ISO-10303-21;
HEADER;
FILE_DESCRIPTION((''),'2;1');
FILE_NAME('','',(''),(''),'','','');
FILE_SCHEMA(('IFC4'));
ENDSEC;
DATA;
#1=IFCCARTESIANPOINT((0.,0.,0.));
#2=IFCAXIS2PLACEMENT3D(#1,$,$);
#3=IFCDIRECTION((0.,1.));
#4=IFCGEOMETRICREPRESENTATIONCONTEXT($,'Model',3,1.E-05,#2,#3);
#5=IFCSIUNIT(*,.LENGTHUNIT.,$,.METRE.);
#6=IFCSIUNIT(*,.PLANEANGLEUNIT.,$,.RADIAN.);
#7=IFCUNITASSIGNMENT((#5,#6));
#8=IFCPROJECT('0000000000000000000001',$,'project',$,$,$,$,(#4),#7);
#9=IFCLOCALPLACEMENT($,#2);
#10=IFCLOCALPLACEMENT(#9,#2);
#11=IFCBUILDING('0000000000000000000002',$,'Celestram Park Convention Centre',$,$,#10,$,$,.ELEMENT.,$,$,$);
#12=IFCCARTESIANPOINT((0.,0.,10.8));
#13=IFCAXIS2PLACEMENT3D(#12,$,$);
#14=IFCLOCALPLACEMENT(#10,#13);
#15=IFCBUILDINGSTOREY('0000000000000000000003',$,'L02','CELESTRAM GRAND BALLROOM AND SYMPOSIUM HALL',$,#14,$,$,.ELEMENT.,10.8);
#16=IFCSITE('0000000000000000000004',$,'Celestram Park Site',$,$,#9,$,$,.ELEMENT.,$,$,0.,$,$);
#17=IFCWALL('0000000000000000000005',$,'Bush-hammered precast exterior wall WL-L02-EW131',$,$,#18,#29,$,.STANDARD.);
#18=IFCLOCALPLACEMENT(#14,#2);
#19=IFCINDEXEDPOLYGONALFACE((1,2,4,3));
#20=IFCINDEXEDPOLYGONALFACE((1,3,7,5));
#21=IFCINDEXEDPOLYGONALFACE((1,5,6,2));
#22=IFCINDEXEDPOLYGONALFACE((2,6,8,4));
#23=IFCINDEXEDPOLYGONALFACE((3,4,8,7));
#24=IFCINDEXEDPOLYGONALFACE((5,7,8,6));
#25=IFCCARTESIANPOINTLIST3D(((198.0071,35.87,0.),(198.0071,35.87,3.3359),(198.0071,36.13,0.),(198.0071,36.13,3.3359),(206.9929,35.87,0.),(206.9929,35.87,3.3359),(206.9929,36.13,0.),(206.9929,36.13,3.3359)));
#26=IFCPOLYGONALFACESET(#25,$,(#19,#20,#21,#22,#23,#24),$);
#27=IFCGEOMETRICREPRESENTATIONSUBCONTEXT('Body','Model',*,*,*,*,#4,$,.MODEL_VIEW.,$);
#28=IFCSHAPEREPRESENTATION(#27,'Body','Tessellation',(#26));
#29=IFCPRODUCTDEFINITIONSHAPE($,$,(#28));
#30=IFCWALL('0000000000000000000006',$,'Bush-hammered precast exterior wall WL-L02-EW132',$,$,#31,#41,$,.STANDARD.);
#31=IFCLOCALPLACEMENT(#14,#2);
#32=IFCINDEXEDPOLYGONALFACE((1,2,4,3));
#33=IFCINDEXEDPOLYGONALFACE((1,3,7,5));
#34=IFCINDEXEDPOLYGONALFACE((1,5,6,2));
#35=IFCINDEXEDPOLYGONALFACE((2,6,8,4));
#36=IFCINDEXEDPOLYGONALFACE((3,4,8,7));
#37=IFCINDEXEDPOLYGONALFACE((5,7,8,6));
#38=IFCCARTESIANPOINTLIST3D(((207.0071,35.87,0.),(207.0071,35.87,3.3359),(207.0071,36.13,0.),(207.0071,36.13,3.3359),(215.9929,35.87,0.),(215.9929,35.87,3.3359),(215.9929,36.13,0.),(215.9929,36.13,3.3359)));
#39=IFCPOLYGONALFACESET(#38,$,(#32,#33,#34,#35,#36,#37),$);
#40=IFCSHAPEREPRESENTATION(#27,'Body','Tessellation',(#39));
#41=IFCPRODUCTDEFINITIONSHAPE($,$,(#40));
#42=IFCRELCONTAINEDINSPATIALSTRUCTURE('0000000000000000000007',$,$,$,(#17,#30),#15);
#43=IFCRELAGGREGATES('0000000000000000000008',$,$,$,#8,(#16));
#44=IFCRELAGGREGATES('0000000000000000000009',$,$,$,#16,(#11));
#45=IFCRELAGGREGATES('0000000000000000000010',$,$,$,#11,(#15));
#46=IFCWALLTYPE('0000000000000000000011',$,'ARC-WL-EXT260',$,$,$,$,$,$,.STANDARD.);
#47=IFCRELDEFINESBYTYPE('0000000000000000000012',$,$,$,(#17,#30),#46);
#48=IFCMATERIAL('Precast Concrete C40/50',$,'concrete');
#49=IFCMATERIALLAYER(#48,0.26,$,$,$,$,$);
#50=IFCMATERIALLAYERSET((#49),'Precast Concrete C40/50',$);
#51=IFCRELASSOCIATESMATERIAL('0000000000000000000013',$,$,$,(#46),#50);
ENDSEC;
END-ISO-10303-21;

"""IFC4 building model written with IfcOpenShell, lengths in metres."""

from ifc_helpers import new_model, si_unit, direction, frame, frame_2d, origin, place, context, subcontext, project, spatial, rectangle, extrude, material, layer, layer_set, type_object, element, save


model = new_model("IFC4")

# Units and contexts
model_context = context("Model", 3, precision=1e-05, world=origin(), true_north=direction((0.0, 1.0)))
body_context = subcontext(model_context, "Body", "Model", "MODEL_VIEW")
ifc_project = project(units=[si_unit("LENGTHUNIT", "METRE"), si_unit("PLANEANGLEUNIT", "RADIAN")], contexts=[model_context])

# Site, building, storey
site_placement = place(None, origin())
site = spatial("IfcSite", under=ifc_project, at=site_placement, Name="Celestram Park Site", CompositionType="ELEMENT", RefElevation=0.0)
building_placement = place(site_placement, origin())
building = spatial("IfcBuilding", under=site, at=building_placement, Name="Celestram Park Convention Centre", CompositionType="ELEMENT")
storey_placement = place(building_placement, frame((0.0, 0.0, 10.8)))
storey = spatial("IfcBuildingStorey", under=building, at=storey_placement, Name="L02", Description="CELESTRAM GRAND BALLROOM AND SYMPOSIUM HALL", CompositionType="ELEMENT", Elevation=10.8)

# Walls
ifc_material_1 = material(Name="Precast Concrete C40/50", Category="concrete")
ifc_layer_1 = layer(ifc_material_1, 0.26)
ifc_layer_set_1 = layer_set([ifc_layer_1], Name="Precast Concrete C40/50")
wall_type = type_object("IfcWallType", Name="ARC-WL-EXT260", PredefinedType="STANDARD", material=ifc_layer_set_1)
for number, where, z_axis, x_axis, name in (
    (1, (198.0071, 36.0, 0.0), (0.0, 0.0, 1.0), (1.0, 0.0, 0.0), "Bush-hammered precast exterior wall WL-L02-EW131"),
    (2, (207.0071, 36.0, 0.0), (0.0, 0.0, 1.0), (1.0, 0.0, 0.0), "Bush-hammered precast exterior wall WL-L02-EW132"),
):
    element("IfcWall", number, at=place(storey_placement, frame(where, z_axis=z_axis, x_axis=x_axis)), inside=storey, type_object=wall_type, Name=name, PredefinedType="STANDARD", context=body_context, shape_type="SweptSolid", body=[
        extrude(rectangle(XDim=8.9858, YDim=0.26, at=frame_2d((4.4929, 0.0))), origin(), (0.0, 0.0, 1.0), 3.3359),
    ])

save(model, "model.ifc")
